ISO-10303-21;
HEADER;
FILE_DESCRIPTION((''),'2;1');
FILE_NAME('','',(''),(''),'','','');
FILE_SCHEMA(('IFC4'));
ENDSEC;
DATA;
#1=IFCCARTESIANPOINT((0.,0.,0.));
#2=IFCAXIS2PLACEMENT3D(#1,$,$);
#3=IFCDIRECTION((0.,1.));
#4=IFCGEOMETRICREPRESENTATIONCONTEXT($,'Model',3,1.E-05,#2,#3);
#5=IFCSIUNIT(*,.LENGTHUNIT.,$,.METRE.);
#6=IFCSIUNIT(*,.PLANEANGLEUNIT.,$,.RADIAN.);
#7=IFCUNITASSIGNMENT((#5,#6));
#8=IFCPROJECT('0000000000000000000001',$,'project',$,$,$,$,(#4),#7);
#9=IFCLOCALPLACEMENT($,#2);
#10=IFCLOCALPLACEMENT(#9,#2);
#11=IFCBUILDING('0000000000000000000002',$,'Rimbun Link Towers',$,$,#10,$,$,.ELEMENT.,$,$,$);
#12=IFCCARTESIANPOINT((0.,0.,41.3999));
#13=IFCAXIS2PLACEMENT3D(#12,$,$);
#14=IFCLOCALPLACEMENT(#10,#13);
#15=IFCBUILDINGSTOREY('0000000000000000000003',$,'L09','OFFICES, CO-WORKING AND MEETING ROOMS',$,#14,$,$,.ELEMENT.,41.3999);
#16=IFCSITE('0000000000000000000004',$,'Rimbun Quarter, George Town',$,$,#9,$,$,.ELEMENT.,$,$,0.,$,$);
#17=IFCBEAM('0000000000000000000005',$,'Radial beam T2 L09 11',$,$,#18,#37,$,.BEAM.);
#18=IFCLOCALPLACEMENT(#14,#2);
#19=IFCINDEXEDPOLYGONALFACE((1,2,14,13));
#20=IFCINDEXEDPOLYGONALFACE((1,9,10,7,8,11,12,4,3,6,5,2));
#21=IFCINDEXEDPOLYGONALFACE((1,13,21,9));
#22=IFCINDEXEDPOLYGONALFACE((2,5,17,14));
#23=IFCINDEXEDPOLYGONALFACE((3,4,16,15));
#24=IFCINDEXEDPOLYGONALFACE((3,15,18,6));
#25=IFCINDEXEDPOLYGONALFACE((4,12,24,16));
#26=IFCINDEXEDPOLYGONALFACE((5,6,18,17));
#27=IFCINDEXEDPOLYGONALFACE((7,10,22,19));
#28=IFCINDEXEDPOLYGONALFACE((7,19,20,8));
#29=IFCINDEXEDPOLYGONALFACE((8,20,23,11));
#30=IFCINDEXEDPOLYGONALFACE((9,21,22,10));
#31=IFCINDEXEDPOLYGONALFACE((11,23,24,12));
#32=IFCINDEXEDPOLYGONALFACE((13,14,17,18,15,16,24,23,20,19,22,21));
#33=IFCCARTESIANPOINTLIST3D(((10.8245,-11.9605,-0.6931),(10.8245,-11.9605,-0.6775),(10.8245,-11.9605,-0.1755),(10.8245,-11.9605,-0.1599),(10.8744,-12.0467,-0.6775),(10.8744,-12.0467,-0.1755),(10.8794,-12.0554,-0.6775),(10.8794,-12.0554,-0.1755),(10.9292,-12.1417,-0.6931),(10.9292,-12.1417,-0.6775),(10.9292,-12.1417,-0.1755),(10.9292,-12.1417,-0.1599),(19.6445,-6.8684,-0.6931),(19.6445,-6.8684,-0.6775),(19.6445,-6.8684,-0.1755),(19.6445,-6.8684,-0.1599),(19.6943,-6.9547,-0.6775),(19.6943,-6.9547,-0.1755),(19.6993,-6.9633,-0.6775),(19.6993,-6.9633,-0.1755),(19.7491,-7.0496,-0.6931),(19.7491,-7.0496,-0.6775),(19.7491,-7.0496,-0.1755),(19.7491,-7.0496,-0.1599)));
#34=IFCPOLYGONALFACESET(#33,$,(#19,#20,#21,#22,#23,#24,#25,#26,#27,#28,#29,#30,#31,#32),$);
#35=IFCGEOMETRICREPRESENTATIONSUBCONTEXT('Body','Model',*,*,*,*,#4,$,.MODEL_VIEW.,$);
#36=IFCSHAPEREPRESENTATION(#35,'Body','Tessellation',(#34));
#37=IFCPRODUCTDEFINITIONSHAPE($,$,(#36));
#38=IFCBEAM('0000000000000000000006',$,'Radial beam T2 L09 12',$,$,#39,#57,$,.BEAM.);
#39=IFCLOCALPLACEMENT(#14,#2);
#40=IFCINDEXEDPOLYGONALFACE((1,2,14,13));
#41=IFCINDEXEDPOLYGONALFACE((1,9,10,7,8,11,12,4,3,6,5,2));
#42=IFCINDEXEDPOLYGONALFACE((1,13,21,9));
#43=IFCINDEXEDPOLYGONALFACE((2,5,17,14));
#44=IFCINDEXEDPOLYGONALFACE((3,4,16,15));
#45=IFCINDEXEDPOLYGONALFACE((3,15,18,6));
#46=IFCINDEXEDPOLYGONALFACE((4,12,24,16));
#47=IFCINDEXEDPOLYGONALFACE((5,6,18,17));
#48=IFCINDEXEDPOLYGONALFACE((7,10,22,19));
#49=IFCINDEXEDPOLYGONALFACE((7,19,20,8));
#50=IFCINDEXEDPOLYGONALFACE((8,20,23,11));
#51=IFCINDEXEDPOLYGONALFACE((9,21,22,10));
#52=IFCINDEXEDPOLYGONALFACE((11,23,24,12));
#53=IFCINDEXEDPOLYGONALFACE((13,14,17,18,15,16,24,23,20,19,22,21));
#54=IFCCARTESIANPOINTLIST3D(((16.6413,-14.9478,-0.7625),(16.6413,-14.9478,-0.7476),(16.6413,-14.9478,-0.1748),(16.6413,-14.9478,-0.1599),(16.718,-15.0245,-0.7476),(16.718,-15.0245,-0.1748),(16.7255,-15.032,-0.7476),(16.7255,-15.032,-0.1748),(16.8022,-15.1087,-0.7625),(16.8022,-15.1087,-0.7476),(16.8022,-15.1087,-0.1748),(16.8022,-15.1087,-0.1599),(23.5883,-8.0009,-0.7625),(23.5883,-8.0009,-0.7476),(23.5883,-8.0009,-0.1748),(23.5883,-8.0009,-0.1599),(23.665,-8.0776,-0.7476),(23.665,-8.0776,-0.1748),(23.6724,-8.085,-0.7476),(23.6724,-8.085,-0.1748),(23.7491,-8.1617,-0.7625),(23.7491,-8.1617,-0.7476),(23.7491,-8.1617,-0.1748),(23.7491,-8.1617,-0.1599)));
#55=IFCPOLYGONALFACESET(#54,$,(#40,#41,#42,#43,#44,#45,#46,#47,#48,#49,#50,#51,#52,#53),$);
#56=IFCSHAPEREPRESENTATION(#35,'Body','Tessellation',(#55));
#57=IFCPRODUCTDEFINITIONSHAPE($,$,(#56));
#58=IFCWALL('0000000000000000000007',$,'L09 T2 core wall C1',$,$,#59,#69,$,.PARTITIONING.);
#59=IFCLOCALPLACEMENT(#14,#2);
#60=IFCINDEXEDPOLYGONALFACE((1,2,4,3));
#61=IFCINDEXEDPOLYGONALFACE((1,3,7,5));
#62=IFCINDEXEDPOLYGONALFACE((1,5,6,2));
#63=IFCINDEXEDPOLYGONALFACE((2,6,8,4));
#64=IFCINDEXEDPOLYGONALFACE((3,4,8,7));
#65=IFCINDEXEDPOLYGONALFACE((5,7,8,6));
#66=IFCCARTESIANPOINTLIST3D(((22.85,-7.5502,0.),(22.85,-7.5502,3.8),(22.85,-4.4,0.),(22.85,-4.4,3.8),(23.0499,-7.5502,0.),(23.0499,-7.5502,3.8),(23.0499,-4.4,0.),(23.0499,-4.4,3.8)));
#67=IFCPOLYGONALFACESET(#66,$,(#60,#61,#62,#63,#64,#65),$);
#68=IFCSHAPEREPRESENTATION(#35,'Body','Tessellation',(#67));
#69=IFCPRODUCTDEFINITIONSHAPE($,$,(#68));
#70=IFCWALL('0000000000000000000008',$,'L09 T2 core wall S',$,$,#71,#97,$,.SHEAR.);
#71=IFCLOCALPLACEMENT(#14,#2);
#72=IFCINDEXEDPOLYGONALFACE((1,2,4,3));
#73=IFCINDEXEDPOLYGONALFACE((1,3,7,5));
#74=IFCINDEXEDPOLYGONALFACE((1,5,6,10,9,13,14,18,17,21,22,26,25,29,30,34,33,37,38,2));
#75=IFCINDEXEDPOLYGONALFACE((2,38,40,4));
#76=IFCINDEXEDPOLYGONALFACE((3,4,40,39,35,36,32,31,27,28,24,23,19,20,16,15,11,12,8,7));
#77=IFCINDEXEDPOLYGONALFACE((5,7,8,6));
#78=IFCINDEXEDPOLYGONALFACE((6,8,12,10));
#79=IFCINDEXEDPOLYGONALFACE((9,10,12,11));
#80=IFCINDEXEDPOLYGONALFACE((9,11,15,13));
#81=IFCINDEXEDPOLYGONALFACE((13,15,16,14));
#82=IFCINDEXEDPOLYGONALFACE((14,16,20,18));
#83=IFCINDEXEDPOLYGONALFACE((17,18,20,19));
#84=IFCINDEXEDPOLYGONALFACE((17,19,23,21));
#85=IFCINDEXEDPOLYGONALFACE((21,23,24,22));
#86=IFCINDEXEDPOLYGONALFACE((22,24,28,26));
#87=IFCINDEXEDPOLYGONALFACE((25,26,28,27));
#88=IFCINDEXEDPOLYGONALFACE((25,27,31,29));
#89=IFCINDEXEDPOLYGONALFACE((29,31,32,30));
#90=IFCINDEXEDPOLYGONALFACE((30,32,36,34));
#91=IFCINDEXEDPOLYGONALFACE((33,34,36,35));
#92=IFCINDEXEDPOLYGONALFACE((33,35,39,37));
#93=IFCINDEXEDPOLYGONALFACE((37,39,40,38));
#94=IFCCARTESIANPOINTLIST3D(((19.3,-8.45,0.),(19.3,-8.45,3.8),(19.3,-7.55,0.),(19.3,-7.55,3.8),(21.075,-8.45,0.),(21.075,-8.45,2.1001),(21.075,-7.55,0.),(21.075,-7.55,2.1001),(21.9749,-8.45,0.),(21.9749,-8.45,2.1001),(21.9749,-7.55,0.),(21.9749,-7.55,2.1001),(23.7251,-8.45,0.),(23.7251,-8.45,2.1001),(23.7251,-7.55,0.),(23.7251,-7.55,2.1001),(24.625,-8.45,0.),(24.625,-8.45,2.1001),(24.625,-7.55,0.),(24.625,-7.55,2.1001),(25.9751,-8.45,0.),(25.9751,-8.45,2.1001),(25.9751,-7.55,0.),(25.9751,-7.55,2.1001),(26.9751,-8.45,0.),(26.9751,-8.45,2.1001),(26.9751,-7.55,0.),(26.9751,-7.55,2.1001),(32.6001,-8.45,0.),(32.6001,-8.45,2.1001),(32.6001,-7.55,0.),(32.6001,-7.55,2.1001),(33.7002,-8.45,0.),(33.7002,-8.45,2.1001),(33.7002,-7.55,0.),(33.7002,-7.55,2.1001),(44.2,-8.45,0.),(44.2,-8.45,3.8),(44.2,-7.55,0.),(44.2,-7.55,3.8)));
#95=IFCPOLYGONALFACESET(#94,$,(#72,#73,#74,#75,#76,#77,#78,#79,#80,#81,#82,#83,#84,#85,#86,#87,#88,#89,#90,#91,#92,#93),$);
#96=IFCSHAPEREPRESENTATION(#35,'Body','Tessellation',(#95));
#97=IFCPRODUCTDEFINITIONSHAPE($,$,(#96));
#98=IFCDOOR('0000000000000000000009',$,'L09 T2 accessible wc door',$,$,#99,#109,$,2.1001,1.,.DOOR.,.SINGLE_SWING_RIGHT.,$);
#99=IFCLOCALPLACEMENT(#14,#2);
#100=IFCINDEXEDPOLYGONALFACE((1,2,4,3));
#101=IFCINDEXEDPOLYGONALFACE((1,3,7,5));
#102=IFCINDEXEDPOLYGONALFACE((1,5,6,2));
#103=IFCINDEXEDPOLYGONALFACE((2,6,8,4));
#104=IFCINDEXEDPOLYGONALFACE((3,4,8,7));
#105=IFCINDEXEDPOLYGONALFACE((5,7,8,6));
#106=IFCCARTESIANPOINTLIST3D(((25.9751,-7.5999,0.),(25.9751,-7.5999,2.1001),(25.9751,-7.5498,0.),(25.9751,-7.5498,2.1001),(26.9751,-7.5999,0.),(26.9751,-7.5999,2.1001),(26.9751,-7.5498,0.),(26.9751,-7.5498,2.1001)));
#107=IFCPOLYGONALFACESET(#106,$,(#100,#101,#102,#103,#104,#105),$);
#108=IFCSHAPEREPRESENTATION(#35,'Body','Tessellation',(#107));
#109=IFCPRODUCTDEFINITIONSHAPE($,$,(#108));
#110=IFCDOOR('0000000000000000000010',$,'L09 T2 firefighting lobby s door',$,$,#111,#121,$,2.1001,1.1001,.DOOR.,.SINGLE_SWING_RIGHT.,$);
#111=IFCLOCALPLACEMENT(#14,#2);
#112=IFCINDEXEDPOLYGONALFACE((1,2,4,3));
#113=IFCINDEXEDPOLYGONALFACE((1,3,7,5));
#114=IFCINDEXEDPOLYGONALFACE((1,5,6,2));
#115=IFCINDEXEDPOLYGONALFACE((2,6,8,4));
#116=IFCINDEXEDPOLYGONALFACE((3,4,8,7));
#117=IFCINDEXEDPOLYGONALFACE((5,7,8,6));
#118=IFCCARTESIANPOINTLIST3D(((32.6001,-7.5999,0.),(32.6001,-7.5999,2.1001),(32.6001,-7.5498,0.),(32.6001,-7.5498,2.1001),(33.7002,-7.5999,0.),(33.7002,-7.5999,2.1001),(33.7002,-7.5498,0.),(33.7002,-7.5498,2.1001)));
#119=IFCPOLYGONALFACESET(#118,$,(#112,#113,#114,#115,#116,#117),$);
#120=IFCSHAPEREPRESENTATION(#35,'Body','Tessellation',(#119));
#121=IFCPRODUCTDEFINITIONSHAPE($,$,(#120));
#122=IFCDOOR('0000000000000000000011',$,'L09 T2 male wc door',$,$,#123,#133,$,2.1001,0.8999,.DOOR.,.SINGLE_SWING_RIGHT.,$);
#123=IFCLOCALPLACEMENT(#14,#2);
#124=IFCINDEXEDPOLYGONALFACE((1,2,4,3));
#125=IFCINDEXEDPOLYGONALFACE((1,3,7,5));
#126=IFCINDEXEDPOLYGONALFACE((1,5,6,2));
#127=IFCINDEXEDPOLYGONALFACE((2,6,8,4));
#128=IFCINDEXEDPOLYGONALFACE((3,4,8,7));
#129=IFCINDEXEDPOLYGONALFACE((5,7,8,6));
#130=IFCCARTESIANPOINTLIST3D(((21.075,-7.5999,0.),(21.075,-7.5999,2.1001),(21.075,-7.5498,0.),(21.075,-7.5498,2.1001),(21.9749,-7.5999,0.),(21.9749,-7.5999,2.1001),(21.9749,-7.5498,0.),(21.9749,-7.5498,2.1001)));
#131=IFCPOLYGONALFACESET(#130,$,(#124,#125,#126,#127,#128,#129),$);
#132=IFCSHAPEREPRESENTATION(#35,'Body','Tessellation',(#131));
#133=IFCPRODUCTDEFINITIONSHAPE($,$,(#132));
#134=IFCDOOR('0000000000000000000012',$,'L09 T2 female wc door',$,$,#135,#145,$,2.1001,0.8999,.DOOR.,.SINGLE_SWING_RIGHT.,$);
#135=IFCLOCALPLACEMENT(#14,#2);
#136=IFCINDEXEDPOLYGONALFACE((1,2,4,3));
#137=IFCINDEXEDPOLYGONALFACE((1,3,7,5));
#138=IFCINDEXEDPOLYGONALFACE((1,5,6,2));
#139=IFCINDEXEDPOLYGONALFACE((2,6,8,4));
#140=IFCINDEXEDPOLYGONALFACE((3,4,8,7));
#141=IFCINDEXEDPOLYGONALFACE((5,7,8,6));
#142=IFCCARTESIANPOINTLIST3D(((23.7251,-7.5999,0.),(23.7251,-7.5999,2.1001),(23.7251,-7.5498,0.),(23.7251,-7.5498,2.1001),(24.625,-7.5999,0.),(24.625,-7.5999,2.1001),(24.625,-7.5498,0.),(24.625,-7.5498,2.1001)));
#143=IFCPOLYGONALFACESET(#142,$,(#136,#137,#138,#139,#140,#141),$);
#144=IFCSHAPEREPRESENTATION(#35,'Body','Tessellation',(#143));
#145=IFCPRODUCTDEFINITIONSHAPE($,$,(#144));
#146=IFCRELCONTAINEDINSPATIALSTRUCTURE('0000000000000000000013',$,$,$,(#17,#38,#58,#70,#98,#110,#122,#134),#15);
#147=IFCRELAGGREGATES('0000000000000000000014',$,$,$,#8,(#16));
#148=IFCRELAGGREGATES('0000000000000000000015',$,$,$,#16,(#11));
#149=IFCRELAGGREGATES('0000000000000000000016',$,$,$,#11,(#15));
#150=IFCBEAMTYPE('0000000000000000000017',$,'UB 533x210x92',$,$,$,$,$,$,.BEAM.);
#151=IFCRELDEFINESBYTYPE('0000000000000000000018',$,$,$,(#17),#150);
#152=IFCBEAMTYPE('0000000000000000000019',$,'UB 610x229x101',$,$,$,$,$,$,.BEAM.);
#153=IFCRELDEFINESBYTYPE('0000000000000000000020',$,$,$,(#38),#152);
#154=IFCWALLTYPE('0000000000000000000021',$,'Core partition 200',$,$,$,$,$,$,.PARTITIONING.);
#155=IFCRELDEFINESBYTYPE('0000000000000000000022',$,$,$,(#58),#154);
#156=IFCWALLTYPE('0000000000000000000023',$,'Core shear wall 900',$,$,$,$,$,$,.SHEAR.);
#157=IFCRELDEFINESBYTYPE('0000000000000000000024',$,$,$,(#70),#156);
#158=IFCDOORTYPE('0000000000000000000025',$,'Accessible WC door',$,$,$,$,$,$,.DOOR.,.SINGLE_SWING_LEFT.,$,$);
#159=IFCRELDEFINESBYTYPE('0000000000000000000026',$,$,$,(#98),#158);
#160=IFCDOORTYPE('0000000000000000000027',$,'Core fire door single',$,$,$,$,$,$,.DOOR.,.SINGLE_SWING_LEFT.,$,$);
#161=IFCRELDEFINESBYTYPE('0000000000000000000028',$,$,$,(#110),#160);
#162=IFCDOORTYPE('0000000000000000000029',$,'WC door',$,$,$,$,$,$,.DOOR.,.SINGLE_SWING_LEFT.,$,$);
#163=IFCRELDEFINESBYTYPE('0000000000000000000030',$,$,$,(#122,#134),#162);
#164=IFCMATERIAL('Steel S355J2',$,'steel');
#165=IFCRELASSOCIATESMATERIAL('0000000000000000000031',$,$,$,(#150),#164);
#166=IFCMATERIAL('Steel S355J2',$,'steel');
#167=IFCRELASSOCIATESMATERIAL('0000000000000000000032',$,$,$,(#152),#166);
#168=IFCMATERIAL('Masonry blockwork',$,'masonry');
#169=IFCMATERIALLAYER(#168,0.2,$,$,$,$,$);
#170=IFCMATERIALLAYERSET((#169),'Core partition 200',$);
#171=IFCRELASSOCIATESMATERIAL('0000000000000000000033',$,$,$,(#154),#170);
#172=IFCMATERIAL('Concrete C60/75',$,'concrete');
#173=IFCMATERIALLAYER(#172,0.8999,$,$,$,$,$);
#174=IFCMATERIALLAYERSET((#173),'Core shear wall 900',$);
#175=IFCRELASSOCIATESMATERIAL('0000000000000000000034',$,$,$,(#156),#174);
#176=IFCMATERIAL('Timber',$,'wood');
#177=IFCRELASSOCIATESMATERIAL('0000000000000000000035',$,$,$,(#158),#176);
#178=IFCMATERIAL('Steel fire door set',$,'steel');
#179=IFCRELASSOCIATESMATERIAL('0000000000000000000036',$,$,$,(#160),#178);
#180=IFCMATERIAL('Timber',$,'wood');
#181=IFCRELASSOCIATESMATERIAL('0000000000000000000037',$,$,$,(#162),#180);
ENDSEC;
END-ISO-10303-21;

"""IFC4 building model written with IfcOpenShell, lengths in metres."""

from ifc_helpers import new_model, si_unit, direction, frame, frame_2d, origin, origin_2d, place, context, subcontext, project, spatial, rectangle, i_section, extrude, material, layer, layer_set, material_profile, profile_set, type_object, element, fill, save


model = new_model("IFC4")

# Units and contexts
model_context = context("Model", 3, precision=1e-05, world=origin(), true_north=direction((0.0, 1.0)))
body_context = subcontext(model_context, "Body", "Model", "MODEL_VIEW")
ifc_project = project(units=[si_unit("LENGTHUNIT", "METRE"), si_unit("PLANEANGLEUNIT", "RADIAN")], contexts=[model_context])

# Site, building, storey
site_placement = place(None, origin())
site = spatial("IfcSite", under=ifc_project, at=site_placement, Name="Rimbun Quarter, George Town", CompositionType="ELEMENT", RefElevation=0.0)
building_placement = place(site_placement, origin())
building = spatial("IfcBuilding", under=site, at=building_placement, Name="Rimbun Link Towers", CompositionType="ELEMENT")
storey_placement = place(building_placement, frame((0.0, 0.0, 41.3999)))
storey = spatial("IfcBuildingStorey", under=building, at=storey_placement, Name="L09", Description="OFFICES, CO-WORKING AND MEETING ROOMS", CompositionType="ELEMENT", Elevation=41.3999)

# Beams
ifc_material_1 = material(Name="Steel S355J2", Category="steel")
ifc_material_profile_1 = material_profile(ifc_material_1, i_section(OverallWidth=0.2092, OverallDepth=0.5332, WebThickness=0.01, FlangeThickness=0.0156, at=origin_2d()), Name="UB 533x210x92")
ifc_profile_set_1 = profile_set([ifc_material_profile_1], Name="Steel S355J2")
beam_type_1 = type_object("IfcBeamType", Name="UB 533x210x92", PredefinedType="BEAM", material=ifc_profile_set_1)
beam_1_placement = place(storey_placement, frame((19.6968, -6.959, -0.4265), z_axis=(-0.866029, -0.499994, 0.0), x_axis=(0.499994, -0.866029, 0.0)))
element("IfcBeam", 1, at=beam_1_placement, inside=storey, type_object=beam_type_1, Name="Radial beam T2 L09 11", PredefinedType="BEAM", context=body_context, shape_type="SweptSolid", body=[
    extrude(i_section(OverallWidth=0.2092, OverallDepth=0.5332, WebThickness=0.01, FlangeThickness=0.0156, at=origin_2d()), origin(), (0.0, 0.0, 1.0), 10.1843),
])
ifc_material_2 = material(Name="Steel S355J2", Category="steel")
ifc_material_profile_2 = material_profile(ifc_material_2, i_section(OverallWidth=0.2275, OverallDepth=0.6025, WebThickness=0.0105, FlangeThickness=0.0149, at=origin_2d()), Name="UB 610x229x101")
ifc_profile_set_2 = profile_set([ifc_material_profile_2], Name="Steel S355J2")
beam_type_2 = type_object("IfcBeamType", Name="UB 610x229x101", PredefinedType="BEAM", material=ifc_profile_set_2)
beam_2_placement = place(storey_placement, frame((23.6687, -8.0813, -0.4612), z_axis=(-0.707107, -0.707107, 0.0), x_axis=(0.707107, -0.707107, 0.0)))
element("IfcBeam", 2, at=beam_2_placement, inside=storey, type_object=beam_type_2, Name="Radial beam T2 L09 12", PredefinedType="BEAM", context=body_context, shape_type="SweptSolid", body=[
    extrude(i_section(OverallWidth=0.2275, OverallDepth=0.6025, WebThickness=0.0105, FlangeThickness=0.0149, at=origin_2d()), origin(), (0.0, 0.0, 1.0), 9.8245),
])

# Wall
ifc_material_3 = material(Name="Masonry blockwork", Category="masonry")
ifc_layer_1 = layer(ifc_material_3, 0.2)
ifc_layer_set_1 = layer_set([ifc_layer_1], Name="Core partition 200")
wall_type_1 = type_object("IfcWallType", Name="Core partition 200", PredefinedType="PARTITIONING", material=ifc_layer_set_1)
wall_1_placement = place(storey_placement, frame((22.95, -4.3999, 0.0), z_axis=(0.0, 0.0, 1.0), x_axis=(0.0, -1.0, 0.0)))
element("IfcWall", 3, at=wall_1_placement, inside=storey, type_object=wall_type_1, Name="L09 T2 core wall C1", PredefinedType="PARTITIONING", context=body_context, shape_type="SweptSolid", body=[
    extrude(rectangle(XDim=3.1501, YDim=0.2, at=frame_2d((1.5752, 0.0))), origin(), (0.0, 0.0, 1.0), 3.8),
])

# Wall, openings, doors
ifc_material_4 = material(Name="Concrete C60/75", Category="concrete")
ifc_layer_2 = layer(ifc_material_4, 0.8999)
ifc_layer_set_2 = layer_set([ifc_layer_2], Name="Core shear wall 900")
wall_type_2 = type_object("IfcWallType", Name="Core shear wall 900", PredefinedType="SHEAR", material=ifc_layer_set_2)
wall_2_placement = place(storey_placement, frame((19.3, -8.0, 0.0), z_axis=(0.0, 0.0, 1.0), x_axis=(1.0, 0.0, 0.0)))
wall_2 = element("IfcWall", 4, at=wall_2_placement, inside=storey, type_object=wall_type_2, Name="L09 T2 core wall S", PredefinedType="SHEAR", context=body_context, shape_type="SweptSolid", body=[
    extrude(rectangle(XDim=24.8999, YDim=0.8999, at=frame_2d((12.45, 0.0))), origin(), (0.0, 0.0, 1.0), 3.8),
])
opening_1_placement = place(wall_2_placement, frame((13.3, 0.0, 0.0)))
opening_1 = element("IfcOpeningElement", 5, at=opening_1_placement, cuts=wall_2, PredefinedType="OPENING", context=body_context, shape_type="SweptSolid", body=[
    extrude(rectangle(XDim=1.1001, YDim=2.1001, at=frame_2d((0.55, 1.05))), frame((0.0, 0.46, 0.0), z_axis=(0.0, -1.0, 0.0), x_axis=(1.0, 0.0, 0.0)), (0.0, 0.0, 1.0), 0.9199),
])
opening_2_placement = place(wall_2_placement, frame((1.7749, 0.0, 0.0)))
opening_2 = element("IfcOpeningElement", 6, at=opening_2_placement, cuts=wall_2, PredefinedType="OPENING", context=body_context, shape_type="SweptSolid", body=[
    extrude(rectangle(XDim=0.8999, YDim=2.1001, at=frame_2d((0.45, 1.05))), frame((0.0, 0.46, 0.0), z_axis=(0.0, -1.0, 0.0), x_axis=(1.0, 0.0, 0.0)), (0.0, 0.0, 1.0), 0.9199),
])
opening_3_placement = place(wall_2_placement, frame((4.425, 0.0, 0.0)))
opening_3 = element("IfcOpeningElement", 7, at=opening_3_placement, cuts=wall_2, PredefinedType="OPENING", context=body_context, shape_type="SweptSolid", body=[
    extrude(rectangle(XDim=0.8999, YDim=2.1001, at=frame_2d((0.45, 1.05))), frame((0.0, 0.46, 0.0), z_axis=(0.0, -1.0, 0.0), x_axis=(1.0, 0.0, 0.0)), (0.0, 0.0, 1.0), 0.9199),
])
opening_4_placement = place(wall_2_placement, frame((6.675, 0.0, 0.0)))
opening_4 = element("IfcOpeningElement", 8, at=opening_4_placement, cuts=wall_2, PredefinedType="OPENING", context=body_context, shape_type="SweptSolid", body=[
    extrude(rectangle(XDim=1.0, YDim=2.1001, at=frame_2d((0.5, 1.05))), frame((0.0, 0.46, 0.0), z_axis=(0.0, -1.0, 0.0), x_axis=(1.0, 0.0, 0.0)), (0.0, 0.0, 1.0), 0.9199),
])
ifc_material_5 = material(Name="Timber", Category="wood")
door_type_1 = type_object("IfcDoorType", Name="Accessible WC door", OperationType="SINGLE_SWING_LEFT", PredefinedType="DOOR", material=ifc_material_5)
door_1_placement = place(opening_4_placement, origin())
door_1 = element("IfcDoor", 9, at=door_1_placement, inside=storey, type_object=door_type_1, Name="L09 T2 accessible wc door", OperationType="SINGLE_SWING_RIGHT", OverallHeight=2.1001, OverallWidth=1.0, PredefinedType="DOOR", context=body_context, shape_type="SweptSolid", body=[
    extrude(rectangle(XDim=1.0, YDim=2.1001, at=frame_2d((0.5, 1.05))), frame((0.0, 0.4502, 0.0), z_axis=(0.0, -1.0, 0.0), x_axis=(1.0, 0.0, 0.0)), (0.0, 0.0, 1.0), 0.05),
])
fill(opening_4, door_1)
ifc_material_6 = material(Name="Steel fire door set", Category="steel")
door_type_2 = type_object("IfcDoorType", Name="Core fire door single", OperationType="SINGLE_SWING_LEFT", PredefinedType="DOOR", material=ifc_material_6)
door_2_placement = place(opening_1_placement, origin())
door_2 = element("IfcDoor", 10, at=door_2_placement, inside=storey, type_object=door_type_2, Name="L09 T2 firefighting lobby s door", OperationType="SINGLE_SWING_RIGHT", OverallHeight=2.1001, OverallWidth=1.1001, PredefinedType="DOOR", context=body_context, shape_type="SweptSolid", body=[
    extrude(rectangle(XDim=1.1001, YDim=2.1001, at=frame_2d((0.55, 1.05))), frame((0.0, 0.4502, 0.0), z_axis=(0.0, -1.0, 0.0), x_axis=(1.0, 0.0, 0.0)), (0.0, 0.0, 1.0), 0.05),
])
fill(opening_1, door_2)
ifc_material_7 = material(Name="Timber", Category="wood")
door_type_3 = type_object("IfcDoorType", Name="WC door", OperationType="SINGLE_SWING_LEFT", PredefinedType="DOOR", material=ifc_material_7)
door_3_placement = place(opening_2_placement, origin())
door_3 = element("IfcDoor", 11, at=door_3_placement, inside=storey, type_object=door_type_3, Name="L09 T2 male wc door", OperationType="SINGLE_SWING_RIGHT", OverallHeight=2.1001, OverallWidth=0.8999, PredefinedType="DOOR", context=body_context, shape_type="SweptSolid", body=[
    extrude(rectangle(XDim=0.8999, YDim=2.1001, at=frame_2d((0.45, 1.05))), frame((0.0, 0.4502, 0.0), z_axis=(0.0, -1.0, 0.0), x_axis=(1.0, 0.0, 0.0)), (0.0, 0.0, 1.0), 0.05),
])
fill(opening_2, door_3)
door_4_placement = place(opening_3_placement, origin())
door_4 = element("IfcDoor", 12, at=door_4_placement, inside=storey, type_object=door_type_3, Name="L09 T2 female wc door", OperationType="SINGLE_SWING_RIGHT", OverallHeight=2.1001, OverallWidth=0.8999, PredefinedType="DOOR", context=body_context, shape_type="SweptSolid", body=[
    extrude(rectangle(XDim=0.8999, YDim=2.1001, at=frame_2d((0.45, 1.05))), frame((0.0, 0.4502, 0.0), z_axis=(0.0, -1.0, 0.0), x_axis=(1.0, 0.0, 0.0)), (0.0, 0.0, 1.0), 0.05),
])
fill(opening_3, door_4)

save(model, "model.ifc")
